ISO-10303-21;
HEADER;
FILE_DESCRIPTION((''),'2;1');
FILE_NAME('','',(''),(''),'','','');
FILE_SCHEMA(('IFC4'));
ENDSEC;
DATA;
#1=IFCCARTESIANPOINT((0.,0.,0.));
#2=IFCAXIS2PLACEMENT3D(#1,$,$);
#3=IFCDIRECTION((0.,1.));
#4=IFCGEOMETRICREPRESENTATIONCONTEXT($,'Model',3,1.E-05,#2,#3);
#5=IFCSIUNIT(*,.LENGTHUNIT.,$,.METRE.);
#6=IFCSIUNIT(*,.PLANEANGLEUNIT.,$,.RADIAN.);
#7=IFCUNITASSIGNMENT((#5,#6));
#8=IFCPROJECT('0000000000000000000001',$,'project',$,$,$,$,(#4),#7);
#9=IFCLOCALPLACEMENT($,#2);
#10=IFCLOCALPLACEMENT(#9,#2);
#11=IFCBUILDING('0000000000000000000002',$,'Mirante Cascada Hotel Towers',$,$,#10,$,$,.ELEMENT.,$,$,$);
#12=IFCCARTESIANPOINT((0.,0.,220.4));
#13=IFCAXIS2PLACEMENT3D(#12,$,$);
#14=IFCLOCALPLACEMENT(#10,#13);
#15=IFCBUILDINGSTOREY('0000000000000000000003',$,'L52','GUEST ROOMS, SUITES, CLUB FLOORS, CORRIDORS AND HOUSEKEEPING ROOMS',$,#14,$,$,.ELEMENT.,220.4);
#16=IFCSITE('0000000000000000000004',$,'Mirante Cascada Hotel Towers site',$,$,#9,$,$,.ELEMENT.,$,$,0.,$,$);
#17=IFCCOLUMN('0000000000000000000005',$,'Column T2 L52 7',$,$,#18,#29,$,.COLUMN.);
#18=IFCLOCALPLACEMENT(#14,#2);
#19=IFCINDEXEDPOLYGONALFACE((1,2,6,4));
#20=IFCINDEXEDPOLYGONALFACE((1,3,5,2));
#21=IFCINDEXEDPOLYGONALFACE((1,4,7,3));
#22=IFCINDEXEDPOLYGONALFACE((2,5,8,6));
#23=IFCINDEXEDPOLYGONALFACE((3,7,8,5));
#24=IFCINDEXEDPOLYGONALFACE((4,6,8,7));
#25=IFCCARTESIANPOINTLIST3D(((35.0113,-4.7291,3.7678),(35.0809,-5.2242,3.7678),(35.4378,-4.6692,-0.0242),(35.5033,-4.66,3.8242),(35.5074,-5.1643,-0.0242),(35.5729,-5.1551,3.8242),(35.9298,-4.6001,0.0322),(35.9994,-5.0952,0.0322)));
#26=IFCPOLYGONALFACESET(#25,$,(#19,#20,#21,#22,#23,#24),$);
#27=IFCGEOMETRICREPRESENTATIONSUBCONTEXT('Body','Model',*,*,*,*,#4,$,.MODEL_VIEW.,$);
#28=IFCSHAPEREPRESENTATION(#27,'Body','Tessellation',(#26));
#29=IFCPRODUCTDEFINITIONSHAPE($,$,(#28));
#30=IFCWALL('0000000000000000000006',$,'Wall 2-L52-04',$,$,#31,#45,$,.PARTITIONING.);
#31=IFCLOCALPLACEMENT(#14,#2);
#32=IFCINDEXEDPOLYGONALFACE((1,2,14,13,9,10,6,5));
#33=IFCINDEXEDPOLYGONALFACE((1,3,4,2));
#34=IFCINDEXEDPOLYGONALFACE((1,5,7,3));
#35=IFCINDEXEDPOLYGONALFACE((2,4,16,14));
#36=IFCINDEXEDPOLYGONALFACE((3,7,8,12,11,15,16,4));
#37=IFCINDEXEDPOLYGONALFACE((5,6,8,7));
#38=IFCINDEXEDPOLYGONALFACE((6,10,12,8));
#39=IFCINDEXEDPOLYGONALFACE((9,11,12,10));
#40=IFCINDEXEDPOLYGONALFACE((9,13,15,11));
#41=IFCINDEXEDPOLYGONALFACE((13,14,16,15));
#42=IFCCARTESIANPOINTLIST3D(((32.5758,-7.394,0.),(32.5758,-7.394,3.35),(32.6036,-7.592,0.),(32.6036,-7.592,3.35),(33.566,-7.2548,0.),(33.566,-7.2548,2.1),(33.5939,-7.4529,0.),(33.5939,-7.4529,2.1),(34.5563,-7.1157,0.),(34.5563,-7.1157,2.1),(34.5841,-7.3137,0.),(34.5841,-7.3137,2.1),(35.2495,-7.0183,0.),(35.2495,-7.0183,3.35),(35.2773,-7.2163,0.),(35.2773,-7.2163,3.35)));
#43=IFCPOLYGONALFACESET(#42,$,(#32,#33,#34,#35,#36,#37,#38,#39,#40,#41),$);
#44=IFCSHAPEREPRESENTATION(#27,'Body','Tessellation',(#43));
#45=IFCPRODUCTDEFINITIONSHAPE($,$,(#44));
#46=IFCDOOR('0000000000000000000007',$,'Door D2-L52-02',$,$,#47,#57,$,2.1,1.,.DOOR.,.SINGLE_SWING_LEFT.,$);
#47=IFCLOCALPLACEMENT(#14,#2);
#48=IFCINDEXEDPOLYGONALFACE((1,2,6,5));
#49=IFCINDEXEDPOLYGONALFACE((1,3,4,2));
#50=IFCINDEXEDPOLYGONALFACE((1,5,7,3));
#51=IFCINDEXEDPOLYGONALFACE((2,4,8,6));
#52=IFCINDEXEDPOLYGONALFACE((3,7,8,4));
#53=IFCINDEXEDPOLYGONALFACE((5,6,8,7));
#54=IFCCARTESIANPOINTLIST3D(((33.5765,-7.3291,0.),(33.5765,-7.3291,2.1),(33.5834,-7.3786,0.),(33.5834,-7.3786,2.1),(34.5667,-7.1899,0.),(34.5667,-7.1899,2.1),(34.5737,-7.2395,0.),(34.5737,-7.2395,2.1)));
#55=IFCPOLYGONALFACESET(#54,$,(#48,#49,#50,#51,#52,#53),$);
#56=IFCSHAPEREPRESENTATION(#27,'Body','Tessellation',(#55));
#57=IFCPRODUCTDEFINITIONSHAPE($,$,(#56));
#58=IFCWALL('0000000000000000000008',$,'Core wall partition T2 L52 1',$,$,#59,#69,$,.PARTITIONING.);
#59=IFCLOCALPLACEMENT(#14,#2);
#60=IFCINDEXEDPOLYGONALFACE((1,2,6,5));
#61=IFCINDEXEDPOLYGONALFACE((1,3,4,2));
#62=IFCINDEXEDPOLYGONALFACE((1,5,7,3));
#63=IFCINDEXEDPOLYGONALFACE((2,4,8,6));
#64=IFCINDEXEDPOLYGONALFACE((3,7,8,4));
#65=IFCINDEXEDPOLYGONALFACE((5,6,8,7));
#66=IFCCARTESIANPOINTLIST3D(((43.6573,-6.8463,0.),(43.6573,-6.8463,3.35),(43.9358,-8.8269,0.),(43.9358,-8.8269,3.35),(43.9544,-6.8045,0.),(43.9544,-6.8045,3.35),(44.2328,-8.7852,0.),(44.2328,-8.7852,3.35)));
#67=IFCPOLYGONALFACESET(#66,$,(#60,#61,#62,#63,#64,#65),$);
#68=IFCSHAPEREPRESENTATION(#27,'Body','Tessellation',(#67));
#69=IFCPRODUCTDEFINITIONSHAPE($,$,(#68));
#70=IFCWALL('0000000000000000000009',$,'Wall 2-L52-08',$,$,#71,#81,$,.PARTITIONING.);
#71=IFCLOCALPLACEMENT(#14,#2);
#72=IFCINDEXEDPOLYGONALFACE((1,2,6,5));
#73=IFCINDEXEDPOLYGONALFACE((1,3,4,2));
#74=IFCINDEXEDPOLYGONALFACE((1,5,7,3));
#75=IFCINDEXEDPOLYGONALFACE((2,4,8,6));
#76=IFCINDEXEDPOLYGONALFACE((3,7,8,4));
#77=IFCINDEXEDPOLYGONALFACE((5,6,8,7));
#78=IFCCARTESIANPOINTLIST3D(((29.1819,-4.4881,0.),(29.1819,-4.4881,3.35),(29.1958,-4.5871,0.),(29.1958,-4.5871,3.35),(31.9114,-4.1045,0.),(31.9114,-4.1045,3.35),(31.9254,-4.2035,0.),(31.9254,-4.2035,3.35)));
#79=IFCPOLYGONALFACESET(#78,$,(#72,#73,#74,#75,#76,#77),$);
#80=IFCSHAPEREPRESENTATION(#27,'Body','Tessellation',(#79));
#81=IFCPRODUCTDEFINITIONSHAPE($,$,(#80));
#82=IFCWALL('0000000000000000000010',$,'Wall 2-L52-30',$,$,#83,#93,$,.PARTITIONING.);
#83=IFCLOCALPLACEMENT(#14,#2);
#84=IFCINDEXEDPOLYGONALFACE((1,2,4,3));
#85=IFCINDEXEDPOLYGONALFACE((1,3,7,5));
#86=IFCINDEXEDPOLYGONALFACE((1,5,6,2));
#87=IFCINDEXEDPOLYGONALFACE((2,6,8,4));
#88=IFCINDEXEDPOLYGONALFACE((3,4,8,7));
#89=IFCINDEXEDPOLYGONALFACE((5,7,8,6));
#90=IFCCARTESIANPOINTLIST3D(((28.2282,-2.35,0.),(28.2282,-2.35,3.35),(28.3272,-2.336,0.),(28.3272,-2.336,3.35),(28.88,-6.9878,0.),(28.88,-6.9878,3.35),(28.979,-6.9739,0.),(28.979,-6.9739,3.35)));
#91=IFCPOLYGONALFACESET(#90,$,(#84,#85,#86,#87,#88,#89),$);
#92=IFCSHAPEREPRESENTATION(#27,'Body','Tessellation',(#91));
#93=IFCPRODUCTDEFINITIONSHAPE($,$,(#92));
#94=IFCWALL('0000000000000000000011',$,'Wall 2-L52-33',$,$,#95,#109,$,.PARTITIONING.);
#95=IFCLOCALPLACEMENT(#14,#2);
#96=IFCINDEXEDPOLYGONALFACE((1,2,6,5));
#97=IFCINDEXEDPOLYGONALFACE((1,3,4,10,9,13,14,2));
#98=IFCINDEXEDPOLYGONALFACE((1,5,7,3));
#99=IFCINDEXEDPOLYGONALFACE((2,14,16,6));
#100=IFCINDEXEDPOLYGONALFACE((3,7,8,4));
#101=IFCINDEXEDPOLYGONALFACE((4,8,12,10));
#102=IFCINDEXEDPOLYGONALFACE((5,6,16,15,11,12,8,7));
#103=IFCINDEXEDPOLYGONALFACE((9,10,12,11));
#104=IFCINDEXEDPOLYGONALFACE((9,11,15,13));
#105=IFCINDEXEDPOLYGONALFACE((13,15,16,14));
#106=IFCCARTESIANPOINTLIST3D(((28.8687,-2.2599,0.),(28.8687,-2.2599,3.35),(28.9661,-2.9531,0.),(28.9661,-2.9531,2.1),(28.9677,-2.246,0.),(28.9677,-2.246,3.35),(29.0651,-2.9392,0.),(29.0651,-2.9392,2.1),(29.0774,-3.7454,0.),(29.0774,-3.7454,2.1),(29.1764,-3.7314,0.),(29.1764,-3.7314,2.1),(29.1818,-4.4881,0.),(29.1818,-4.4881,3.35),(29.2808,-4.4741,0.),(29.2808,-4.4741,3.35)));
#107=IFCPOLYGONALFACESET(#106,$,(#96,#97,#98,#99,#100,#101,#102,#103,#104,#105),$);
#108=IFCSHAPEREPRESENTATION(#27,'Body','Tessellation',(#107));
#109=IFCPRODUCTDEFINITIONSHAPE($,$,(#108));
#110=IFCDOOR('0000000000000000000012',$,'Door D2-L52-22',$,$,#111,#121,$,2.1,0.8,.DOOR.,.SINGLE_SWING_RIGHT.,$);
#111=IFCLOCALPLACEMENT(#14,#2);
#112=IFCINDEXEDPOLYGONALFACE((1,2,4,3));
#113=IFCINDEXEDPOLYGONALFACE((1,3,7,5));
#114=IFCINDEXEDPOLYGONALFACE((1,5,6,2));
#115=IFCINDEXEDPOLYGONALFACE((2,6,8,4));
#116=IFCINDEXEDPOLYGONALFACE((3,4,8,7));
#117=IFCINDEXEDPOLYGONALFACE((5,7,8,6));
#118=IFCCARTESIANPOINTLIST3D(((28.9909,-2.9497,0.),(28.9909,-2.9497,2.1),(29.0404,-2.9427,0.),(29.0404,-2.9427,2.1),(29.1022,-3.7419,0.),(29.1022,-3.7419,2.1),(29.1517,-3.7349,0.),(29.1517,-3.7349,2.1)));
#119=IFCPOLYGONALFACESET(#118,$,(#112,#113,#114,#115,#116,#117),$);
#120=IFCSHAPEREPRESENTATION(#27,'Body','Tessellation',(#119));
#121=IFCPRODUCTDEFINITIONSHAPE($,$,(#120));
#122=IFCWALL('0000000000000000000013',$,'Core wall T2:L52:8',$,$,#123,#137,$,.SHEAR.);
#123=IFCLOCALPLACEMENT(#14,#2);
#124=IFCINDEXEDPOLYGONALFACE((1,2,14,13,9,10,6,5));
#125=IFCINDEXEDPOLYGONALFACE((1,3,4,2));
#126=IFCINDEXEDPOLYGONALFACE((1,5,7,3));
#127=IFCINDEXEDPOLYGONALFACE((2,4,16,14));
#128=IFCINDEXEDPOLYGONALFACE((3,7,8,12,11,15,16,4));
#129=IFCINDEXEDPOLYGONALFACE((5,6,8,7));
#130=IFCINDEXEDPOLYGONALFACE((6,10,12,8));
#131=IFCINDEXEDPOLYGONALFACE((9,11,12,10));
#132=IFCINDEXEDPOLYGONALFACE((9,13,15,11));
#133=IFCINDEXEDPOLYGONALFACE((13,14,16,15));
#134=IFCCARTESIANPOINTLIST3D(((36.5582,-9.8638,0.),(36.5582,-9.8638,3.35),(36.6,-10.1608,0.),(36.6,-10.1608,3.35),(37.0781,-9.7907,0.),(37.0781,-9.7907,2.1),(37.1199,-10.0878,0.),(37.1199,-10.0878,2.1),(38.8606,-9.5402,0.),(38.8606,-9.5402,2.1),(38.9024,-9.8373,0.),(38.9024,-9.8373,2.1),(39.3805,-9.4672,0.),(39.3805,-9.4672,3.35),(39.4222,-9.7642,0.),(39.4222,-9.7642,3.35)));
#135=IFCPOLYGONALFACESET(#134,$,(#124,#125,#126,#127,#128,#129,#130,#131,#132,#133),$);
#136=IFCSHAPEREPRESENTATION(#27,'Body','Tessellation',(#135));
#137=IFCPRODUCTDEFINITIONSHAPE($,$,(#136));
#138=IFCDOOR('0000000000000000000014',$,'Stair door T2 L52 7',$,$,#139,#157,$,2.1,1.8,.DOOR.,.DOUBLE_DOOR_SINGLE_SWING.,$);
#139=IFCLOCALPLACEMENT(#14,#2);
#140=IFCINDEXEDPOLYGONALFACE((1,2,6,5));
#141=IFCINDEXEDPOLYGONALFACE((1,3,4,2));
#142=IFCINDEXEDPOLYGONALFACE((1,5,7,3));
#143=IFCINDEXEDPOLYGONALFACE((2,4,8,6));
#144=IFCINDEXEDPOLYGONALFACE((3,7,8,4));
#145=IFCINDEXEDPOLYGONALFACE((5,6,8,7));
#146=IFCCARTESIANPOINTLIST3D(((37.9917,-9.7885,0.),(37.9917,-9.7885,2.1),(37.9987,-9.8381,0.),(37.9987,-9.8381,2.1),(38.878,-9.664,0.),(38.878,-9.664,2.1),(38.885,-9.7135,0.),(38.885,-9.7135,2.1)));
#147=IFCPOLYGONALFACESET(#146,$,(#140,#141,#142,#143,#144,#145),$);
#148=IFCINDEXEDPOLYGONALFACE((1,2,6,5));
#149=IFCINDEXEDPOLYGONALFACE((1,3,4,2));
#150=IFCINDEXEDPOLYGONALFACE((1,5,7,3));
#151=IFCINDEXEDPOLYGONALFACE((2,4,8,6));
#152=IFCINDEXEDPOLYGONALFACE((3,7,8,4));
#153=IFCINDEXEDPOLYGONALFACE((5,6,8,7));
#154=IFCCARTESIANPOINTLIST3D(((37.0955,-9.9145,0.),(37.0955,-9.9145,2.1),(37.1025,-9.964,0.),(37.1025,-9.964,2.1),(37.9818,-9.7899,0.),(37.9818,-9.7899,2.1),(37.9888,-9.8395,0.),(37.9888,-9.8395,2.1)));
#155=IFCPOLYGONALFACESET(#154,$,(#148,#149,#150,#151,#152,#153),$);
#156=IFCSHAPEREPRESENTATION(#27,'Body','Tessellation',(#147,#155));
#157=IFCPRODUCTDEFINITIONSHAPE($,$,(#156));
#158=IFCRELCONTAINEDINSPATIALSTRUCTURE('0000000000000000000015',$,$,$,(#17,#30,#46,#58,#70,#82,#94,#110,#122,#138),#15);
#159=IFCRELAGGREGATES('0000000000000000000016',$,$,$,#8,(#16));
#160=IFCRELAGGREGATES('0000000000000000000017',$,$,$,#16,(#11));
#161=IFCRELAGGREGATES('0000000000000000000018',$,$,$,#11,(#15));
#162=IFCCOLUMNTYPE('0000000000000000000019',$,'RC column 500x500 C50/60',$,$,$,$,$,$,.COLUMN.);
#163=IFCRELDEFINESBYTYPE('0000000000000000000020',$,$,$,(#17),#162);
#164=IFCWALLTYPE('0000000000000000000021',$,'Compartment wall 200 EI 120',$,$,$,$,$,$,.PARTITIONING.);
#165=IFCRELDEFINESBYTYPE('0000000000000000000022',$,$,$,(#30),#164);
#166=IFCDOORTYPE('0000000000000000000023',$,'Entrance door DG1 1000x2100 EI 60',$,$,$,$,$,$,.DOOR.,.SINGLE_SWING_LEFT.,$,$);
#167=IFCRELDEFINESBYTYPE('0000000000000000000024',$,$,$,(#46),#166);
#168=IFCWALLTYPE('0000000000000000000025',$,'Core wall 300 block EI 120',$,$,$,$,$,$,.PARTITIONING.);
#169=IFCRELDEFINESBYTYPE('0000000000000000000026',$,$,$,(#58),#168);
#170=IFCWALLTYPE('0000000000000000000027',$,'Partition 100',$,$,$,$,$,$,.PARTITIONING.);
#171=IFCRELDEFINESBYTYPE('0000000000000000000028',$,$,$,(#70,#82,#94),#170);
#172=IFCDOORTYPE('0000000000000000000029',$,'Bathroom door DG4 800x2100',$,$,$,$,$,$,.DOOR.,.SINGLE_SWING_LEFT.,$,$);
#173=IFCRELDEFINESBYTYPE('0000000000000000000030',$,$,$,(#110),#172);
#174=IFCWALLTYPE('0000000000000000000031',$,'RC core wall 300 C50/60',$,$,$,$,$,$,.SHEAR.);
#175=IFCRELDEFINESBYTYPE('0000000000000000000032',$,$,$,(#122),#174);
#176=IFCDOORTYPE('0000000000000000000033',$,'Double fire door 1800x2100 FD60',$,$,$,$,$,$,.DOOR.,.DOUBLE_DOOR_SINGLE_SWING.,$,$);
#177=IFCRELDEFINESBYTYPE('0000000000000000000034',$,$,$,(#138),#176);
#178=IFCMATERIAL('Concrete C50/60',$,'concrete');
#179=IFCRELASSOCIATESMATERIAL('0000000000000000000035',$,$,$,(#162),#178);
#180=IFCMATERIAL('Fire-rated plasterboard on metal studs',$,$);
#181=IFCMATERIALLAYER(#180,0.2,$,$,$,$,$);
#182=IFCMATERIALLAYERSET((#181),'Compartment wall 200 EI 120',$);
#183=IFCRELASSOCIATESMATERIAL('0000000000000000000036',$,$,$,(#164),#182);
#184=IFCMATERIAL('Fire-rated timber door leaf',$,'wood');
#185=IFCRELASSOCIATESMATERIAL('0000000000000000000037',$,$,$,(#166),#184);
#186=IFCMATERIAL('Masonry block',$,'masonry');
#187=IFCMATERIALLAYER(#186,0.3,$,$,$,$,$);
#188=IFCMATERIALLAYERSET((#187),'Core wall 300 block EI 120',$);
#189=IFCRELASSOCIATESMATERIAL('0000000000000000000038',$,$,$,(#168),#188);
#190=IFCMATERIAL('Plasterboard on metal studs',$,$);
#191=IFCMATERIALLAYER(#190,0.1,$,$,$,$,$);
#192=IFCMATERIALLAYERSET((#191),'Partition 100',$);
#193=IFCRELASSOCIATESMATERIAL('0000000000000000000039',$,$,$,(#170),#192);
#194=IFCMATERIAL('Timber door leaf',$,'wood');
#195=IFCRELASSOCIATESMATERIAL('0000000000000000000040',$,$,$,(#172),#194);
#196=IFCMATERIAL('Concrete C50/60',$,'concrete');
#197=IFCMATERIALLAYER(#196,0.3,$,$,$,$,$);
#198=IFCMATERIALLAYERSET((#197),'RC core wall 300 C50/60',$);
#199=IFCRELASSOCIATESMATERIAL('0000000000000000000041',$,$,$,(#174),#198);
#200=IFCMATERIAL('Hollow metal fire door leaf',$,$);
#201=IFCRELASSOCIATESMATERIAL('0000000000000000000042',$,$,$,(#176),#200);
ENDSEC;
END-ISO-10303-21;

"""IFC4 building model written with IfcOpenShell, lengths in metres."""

from ifc_helpers import new_model, si_unit, direction, frame, frame_2d, origin, origin_2d, place, context, subcontext, project, spatial, rectangle, extrude, material, layer, layer_set, material_profile, profile_set, type_object, element, fill, save


model = new_model("IFC4")

# Units and contexts
model_context = context("Model", 3, precision=1e-05, world=origin(), true_north=direction((0.0, 1.0)))
body_context = subcontext(model_context, "Body", "Model", "MODEL_VIEW")
ifc_project = project(units=[si_unit("LENGTHUNIT", "METRE"), si_unit("PLANEANGLEUNIT", "RADIAN")], contexts=[model_context])

# Site, building, storey
site_placement = place(None, origin())
site = spatial("IfcSite", under=ifc_project, at=site_placement, Name="Mirante Cascada Hotel Towers site", CompositionType="ELEMENT", RefElevation=0.0)
building_placement = place(site_placement, origin())
building = spatial("IfcBuilding", under=site, at=building_placement, Name="Mirante Cascada Hotel Towers", CompositionType="ELEMENT")
storey_placement = place(building_placement, frame((0.0, 0.0, 220.4)))
storey = spatial("IfcBuildingStorey", under=building, at=storey_placement, Name="L52", Description="GUEST ROOMS, SUITES, CLUB FLOORS, CORRIDORS AND HOUSEKEEPING ROOMS", CompositionType="ELEMENT", Elevation=220.4)

# Column
ifc_material_1 = material(Name="Concrete C50/60", Category="concrete")
ifc_material_profile = material_profile(ifc_material_1, rectangle(XDim=0.5, YDim=0.5, at=origin_2d()), Name="RC column 500x500 C50/60")
ifc_profile_set = profile_set([ifc_material_profile], Name="Concrete C50/60")
column_type = type_object("IfcColumnType", Name="RC column 500x500 C50/60", PredefinedType="COLUMN", material=ifc_profile_set)
column_placement = place(storey_placement, frame((35.7186, -4.8822, 0.004), z_axis=(-0.111755, -0.015696, 0.993612), x_axis=(0.13908, -0.990281, 0.0)))
element("IfcColumn", 1, at=column_placement, inside=storey, type_object=column_type, Name="Column T2 L52 7", PredefinedType="COLUMN", context=body_context, shape_type="SweptSolid", body=[
    extrude(rectangle(XDim=0.5, YDim=0.5, at=origin_2d()), origin(), (0.0, 0.0, 1.0), 3.8164),
])

# Wall, opening, door
ifc_material_2 = material(Name="Fire-rated plasterboard on metal studs")
ifc_layer_1 = layer(ifc_material_2, 0.2)
ifc_layer_set_1 = layer_set([ifc_layer_1], Name="Compartment wall 200 EI 120")
wall_type_1 = type_object("IfcWallType", Name="Compartment wall 200 EI 120", PredefinedType="PARTITIONING", material=ifc_layer_set_1)
wall_1_placement = place(storey_placement, frame((35.2634, -7.1173, 0.0), z_axis=(0.0, 0.0, 1.0), x_axis=(-0.990271, -0.13915, 0.0)))
wall_1 = element("IfcWall", 2, at=wall_1_placement, inside=storey, type_object=wall_type_1, Name="Wall 2-L52-04", PredefinedType="PARTITIONING", context=body_context, shape_type="SweptSolid", body=[
    extrude(rectangle(XDim=2.7, YDim=0.2, at=frame_2d((1.35, 0.0))), origin(), (0.0, 0.0, 1.0), 3.35),
])
opening_1_placement = place(wall_1_placement, frame((0.7, 0.0, 0.0)))
opening_1 = element("IfcOpeningElement", 3, at=opening_1_placement, cuts=wall_1, PredefinedType="OPENING", context=body_context, shape_type="SweptSolid", body=[
    extrude(rectangle(XDim=1.0, YDim=2.1, at=frame_2d((0.5, 1.05))), frame((0.0, 0.1, 0.0), z_axis=(0.0, -1.0, 0.0), x_axis=(1.0, 0.0, 0.0)), (0.0, 0.0, 1.0), 0.2),
])
ifc_material_3 = material(Name="Fire-rated timber door leaf", Category="wood")
door_type_1 = type_object("IfcDoorType", Name="Entrance door DG1 1000x2100 EI 60", OperationType="SINGLE_SWING_LEFT", PredefinedType="DOOR", material=ifc_material_3)
door_1_placement = place(opening_1_placement, origin())
door_1 = element("IfcDoor", 4, at=door_1_placement, inside=storey, type_object=door_type_1, Name="Door D2-L52-02", OperationType="SINGLE_SWING_LEFT", OverallHeight=2.1, OverallWidth=1.0, PredefinedType="DOOR", context=body_context, shape_type="SweptSolid", body=[
    extrude(rectangle(XDim=1.0, YDim=2.1, at=frame_2d((0.5, 1.05))), frame((0.0, 0.025, 0.0), z_axis=(0.0, -1.0, 0.0), x_axis=(1.0, 0.0, 0.0)), (0.0, 0.0, 1.0), 0.05),
])
fill(opening_1, door_1)

# Walls
ifc_material_4 = material(Name="Masonry block", Category="masonry")
ifc_layer_2 = layer(ifc_material_4, 0.3)
ifc_layer_set_2 = layer_set([ifc_layer_2], Name="Core wall 300 block EI 120")
wall_type_2 = type_object("IfcWallType", Name="Core wall 300 block EI 120", PredefinedType="PARTITIONING", material=ifc_layer_set_2)
wall_2_placement = place(storey_placement, frame((44.0843, -8.8061, 0.0), z_axis=(0.0, 0.0, 1.0), x_axis=(-0.139195, 0.990265, 0.0)))
element("IfcWall", 5, at=wall_2_placement, inside=storey, type_object=wall_type_2, Name="Core wall partition T2 L52 1", PredefinedType="PARTITIONING", context=body_context, shape_type="SweptSolid", body=[
    extrude(rectangle(XDim=2.0001, YDim=0.3, at=frame_2d((1.0001, 0.0))), origin(), (0.0, 0.0, 1.0), 3.35),
])
ifc_material_5 = material(Name="Plasterboard on metal studs")
ifc_layer_3 = layer(ifc_material_5, 0.1)
ifc_layer_set_3 = layer_set([ifc_layer_3], Name="Partition 100")
wall_type_3 = type_object("IfcWallType", Name="Partition 100", PredefinedType="PARTITIONING", material=ifc_layer_set_3)
wall_3_placement = place(storey_placement, frame((31.9184, -4.154, 0.0), z_axis=(0.0, 0.0, 1.0), x_axis=(-0.990269, -0.139166, 0.0)))
element("IfcWall", 6, at=wall_3_placement, inside=storey, type_object=wall_type_3, Name="Wall 2-L52-08", PredefinedType="PARTITIONING", context=body_context, shape_type="SweptSolid", body=[
    extrude(rectangle(XDim=2.7564, YDim=0.1, at=frame_2d((1.3782, 0.0))), origin(), (0.0, 0.0, 1.0), 3.35),
])
wall_4_placement = place(storey_placement, frame((28.2777, -2.343, 0.0), z_axis=(0.0, 0.0, 1.0), x_axis=(0.139173, -0.990268, 0.0)))
element("IfcWall", 7, at=wall_4_placement, inside=storey, type_object=wall_type_3, Name="Wall 2-L52-30", PredefinedType="PARTITIONING", context=body_context, shape_type="SweptSolid", body=[
    extrude(rectangle(XDim=4.6834, YDim=0.1, at=frame_2d((2.3417, 0.0))), origin(), (0.0, 0.0, 1.0), 3.35),
])

# Walls, openings, doors
wall_5_placement = place(storey_placement, frame((29.2313, -4.4811, 0.0), z_axis=(0.0, 0.0, 1.0), x_axis=(-0.139156, 0.990271, 0.0)))
wall_5 = element("IfcWall", 8, at=wall_5_placement, inside=storey, type_object=wall_type_3, Name="Wall 2-L52-33", PredefinedType="PARTITIONING", context=body_context, shape_type="SweptSolid", body=[
    extrude(rectangle(XDim=2.25, YDim=0.1, at=frame_2d((1.125, 0.0))), origin(), (0.0, 0.0, 1.0), 3.35),
])
opening_2_placement = place(wall_5_placement, frame((0.75, 0.0, 0.0)))
opening_2 = element("IfcOpeningElement", 9, at=opening_2_placement, cuts=wall_5, PredefinedType="OPENING", context=body_context, shape_type="SweptSolid", body=[
    extrude(rectangle(XDim=0.8, YDim=2.1, at=frame_2d((0.4, 1.05))), frame((0.0, 0.05, 0.0), z_axis=(0.0, -1.0, 0.0), x_axis=(1.0, 0.0, 0.0)), (0.0, 0.0, 1.0), 0.1),
])
ifc_material_6 = material(Name="Timber door leaf", Category="wood")
door_type_2 = type_object("IfcDoorType", Name="Bathroom door DG4 800x2100", OperationType="SINGLE_SWING_LEFT", PredefinedType="DOOR", material=ifc_material_6)
door_2_placement = place(opening_2_placement, frame((0.8, 0.0, 0.0), z_axis=(0.0, 0.0, 1.0), x_axis=(-1.0, 0.0, 0.0)))
door_2 = element("IfcDoor", 10, at=door_2_placement, inside=storey, type_object=door_type_2, Name="Door D2-L52-22", OperationType="SINGLE_SWING_RIGHT", OverallHeight=2.1, OverallWidth=0.8, PredefinedType="DOOR", context=body_context, shape_type="SweptSolid", body=[
    extrude(rectangle(XDim=0.8, YDim=2.1, at=frame_2d((0.4, 1.05))), frame((0.0, 0.025, 0.0), z_axis=(0.0, -1.0, 0.0), x_axis=(1.0, 0.0, 0.0)), (0.0, 0.0, 1.0), 0.05),
])
fill(opening_2, door_2)
ifc_material_7 = material(Name="Concrete C50/60", Category="concrete")
ifc_layer_4 = layer(ifc_material_7, 0.3)
ifc_layer_set_4 = layer_set([ifc_layer_4], Name="RC core wall 300 C50/60")
wall_type_4 = type_object("IfcWallType", Name="RC core wall 300 C50/60", PredefinedType="SHEAR", material=ifc_layer_set_4)
wall_6_placement = place(storey_placement, frame((36.5791, -10.0123, 0.0), z_axis=(0.0, 0.0, 1.0), x_axis=(0.99027, 0.139156, 0.0)))
wall_6 = element("IfcWall", 11, at=wall_6_placement, inside=storey, type_object=wall_type_4, Name="Core wall T2:L52:8", PredefinedType="SHEAR", context=body_context, shape_type="SweptSolid", body=[
    extrude(rectangle(XDim=2.85, YDim=0.3, at=frame_2d((1.425, 0.0))), origin(), (0.0, 0.0, 1.0), 3.35),
])
opening_3_placement = place(wall_6_placement, frame((0.525, 0.0, 0.0)))
opening_3 = element("IfcOpeningElement", 12, at=opening_3_placement, cuts=wall_6, PredefinedType="OPENING", context=body_context, shape_type="SweptSolid", body=[
    extrude(rectangle(XDim=1.8, YDim=2.1, at=frame_2d((0.9, 1.05))), frame((0.0, 0.15, 0.0), z_axis=(0.0, -1.0, 0.0), x_axis=(1.0, 0.0, 0.0)), (0.0, 0.0, 1.0), 0.3),
])
ifc_material_8 = material(Name="Hollow metal fire door leaf")
door_type_3 = type_object("IfcDoorType", Name="Double fire door 1800x2100 FD60", OperationType="DOUBLE_DOOR_SINGLE_SWING", PredefinedType="DOOR", material=ifc_material_8)
door_3_placement = place(opening_3_placement, frame((1.8, 0.0, 0.0), z_axis=(0.0, 0.0, 1.0), x_axis=(-1.0, 0.0, 0.0)))
door_3 = element("IfcDoor", 13, at=door_3_placement, inside=storey, type_object=door_type_3, Name="Stair door T2 L52 7", OperationType="DOUBLE_DOOR_SINGLE_SWING", OverallHeight=2.1, OverallWidth=1.8, PredefinedType="DOOR", context=body_context, shape_type="SweptSolid", body=[
    extrude(rectangle(XDim=0.895, YDim=2.1, at=frame_2d((0.4475, 1.05))), frame((0.0, 0.025, 0.0), z_axis=(0.0, -1.0, 0.0), x_axis=(1.0, 0.0, 0.0)), (0.0, 0.0, 1.0), 0.05),
    extrude(rectangle(XDim=0.895, YDim=2.1, at=frame_2d((1.3525, 1.05))), frame((0.0, 0.025, 0.0), z_axis=(0.0, -1.0, 0.0), x_axis=(1.0, 0.0, 0.0)), (0.0, 0.0, 1.0), 0.05),
])
fill(opening_3, door_3)

save(model, "model.ifc")
